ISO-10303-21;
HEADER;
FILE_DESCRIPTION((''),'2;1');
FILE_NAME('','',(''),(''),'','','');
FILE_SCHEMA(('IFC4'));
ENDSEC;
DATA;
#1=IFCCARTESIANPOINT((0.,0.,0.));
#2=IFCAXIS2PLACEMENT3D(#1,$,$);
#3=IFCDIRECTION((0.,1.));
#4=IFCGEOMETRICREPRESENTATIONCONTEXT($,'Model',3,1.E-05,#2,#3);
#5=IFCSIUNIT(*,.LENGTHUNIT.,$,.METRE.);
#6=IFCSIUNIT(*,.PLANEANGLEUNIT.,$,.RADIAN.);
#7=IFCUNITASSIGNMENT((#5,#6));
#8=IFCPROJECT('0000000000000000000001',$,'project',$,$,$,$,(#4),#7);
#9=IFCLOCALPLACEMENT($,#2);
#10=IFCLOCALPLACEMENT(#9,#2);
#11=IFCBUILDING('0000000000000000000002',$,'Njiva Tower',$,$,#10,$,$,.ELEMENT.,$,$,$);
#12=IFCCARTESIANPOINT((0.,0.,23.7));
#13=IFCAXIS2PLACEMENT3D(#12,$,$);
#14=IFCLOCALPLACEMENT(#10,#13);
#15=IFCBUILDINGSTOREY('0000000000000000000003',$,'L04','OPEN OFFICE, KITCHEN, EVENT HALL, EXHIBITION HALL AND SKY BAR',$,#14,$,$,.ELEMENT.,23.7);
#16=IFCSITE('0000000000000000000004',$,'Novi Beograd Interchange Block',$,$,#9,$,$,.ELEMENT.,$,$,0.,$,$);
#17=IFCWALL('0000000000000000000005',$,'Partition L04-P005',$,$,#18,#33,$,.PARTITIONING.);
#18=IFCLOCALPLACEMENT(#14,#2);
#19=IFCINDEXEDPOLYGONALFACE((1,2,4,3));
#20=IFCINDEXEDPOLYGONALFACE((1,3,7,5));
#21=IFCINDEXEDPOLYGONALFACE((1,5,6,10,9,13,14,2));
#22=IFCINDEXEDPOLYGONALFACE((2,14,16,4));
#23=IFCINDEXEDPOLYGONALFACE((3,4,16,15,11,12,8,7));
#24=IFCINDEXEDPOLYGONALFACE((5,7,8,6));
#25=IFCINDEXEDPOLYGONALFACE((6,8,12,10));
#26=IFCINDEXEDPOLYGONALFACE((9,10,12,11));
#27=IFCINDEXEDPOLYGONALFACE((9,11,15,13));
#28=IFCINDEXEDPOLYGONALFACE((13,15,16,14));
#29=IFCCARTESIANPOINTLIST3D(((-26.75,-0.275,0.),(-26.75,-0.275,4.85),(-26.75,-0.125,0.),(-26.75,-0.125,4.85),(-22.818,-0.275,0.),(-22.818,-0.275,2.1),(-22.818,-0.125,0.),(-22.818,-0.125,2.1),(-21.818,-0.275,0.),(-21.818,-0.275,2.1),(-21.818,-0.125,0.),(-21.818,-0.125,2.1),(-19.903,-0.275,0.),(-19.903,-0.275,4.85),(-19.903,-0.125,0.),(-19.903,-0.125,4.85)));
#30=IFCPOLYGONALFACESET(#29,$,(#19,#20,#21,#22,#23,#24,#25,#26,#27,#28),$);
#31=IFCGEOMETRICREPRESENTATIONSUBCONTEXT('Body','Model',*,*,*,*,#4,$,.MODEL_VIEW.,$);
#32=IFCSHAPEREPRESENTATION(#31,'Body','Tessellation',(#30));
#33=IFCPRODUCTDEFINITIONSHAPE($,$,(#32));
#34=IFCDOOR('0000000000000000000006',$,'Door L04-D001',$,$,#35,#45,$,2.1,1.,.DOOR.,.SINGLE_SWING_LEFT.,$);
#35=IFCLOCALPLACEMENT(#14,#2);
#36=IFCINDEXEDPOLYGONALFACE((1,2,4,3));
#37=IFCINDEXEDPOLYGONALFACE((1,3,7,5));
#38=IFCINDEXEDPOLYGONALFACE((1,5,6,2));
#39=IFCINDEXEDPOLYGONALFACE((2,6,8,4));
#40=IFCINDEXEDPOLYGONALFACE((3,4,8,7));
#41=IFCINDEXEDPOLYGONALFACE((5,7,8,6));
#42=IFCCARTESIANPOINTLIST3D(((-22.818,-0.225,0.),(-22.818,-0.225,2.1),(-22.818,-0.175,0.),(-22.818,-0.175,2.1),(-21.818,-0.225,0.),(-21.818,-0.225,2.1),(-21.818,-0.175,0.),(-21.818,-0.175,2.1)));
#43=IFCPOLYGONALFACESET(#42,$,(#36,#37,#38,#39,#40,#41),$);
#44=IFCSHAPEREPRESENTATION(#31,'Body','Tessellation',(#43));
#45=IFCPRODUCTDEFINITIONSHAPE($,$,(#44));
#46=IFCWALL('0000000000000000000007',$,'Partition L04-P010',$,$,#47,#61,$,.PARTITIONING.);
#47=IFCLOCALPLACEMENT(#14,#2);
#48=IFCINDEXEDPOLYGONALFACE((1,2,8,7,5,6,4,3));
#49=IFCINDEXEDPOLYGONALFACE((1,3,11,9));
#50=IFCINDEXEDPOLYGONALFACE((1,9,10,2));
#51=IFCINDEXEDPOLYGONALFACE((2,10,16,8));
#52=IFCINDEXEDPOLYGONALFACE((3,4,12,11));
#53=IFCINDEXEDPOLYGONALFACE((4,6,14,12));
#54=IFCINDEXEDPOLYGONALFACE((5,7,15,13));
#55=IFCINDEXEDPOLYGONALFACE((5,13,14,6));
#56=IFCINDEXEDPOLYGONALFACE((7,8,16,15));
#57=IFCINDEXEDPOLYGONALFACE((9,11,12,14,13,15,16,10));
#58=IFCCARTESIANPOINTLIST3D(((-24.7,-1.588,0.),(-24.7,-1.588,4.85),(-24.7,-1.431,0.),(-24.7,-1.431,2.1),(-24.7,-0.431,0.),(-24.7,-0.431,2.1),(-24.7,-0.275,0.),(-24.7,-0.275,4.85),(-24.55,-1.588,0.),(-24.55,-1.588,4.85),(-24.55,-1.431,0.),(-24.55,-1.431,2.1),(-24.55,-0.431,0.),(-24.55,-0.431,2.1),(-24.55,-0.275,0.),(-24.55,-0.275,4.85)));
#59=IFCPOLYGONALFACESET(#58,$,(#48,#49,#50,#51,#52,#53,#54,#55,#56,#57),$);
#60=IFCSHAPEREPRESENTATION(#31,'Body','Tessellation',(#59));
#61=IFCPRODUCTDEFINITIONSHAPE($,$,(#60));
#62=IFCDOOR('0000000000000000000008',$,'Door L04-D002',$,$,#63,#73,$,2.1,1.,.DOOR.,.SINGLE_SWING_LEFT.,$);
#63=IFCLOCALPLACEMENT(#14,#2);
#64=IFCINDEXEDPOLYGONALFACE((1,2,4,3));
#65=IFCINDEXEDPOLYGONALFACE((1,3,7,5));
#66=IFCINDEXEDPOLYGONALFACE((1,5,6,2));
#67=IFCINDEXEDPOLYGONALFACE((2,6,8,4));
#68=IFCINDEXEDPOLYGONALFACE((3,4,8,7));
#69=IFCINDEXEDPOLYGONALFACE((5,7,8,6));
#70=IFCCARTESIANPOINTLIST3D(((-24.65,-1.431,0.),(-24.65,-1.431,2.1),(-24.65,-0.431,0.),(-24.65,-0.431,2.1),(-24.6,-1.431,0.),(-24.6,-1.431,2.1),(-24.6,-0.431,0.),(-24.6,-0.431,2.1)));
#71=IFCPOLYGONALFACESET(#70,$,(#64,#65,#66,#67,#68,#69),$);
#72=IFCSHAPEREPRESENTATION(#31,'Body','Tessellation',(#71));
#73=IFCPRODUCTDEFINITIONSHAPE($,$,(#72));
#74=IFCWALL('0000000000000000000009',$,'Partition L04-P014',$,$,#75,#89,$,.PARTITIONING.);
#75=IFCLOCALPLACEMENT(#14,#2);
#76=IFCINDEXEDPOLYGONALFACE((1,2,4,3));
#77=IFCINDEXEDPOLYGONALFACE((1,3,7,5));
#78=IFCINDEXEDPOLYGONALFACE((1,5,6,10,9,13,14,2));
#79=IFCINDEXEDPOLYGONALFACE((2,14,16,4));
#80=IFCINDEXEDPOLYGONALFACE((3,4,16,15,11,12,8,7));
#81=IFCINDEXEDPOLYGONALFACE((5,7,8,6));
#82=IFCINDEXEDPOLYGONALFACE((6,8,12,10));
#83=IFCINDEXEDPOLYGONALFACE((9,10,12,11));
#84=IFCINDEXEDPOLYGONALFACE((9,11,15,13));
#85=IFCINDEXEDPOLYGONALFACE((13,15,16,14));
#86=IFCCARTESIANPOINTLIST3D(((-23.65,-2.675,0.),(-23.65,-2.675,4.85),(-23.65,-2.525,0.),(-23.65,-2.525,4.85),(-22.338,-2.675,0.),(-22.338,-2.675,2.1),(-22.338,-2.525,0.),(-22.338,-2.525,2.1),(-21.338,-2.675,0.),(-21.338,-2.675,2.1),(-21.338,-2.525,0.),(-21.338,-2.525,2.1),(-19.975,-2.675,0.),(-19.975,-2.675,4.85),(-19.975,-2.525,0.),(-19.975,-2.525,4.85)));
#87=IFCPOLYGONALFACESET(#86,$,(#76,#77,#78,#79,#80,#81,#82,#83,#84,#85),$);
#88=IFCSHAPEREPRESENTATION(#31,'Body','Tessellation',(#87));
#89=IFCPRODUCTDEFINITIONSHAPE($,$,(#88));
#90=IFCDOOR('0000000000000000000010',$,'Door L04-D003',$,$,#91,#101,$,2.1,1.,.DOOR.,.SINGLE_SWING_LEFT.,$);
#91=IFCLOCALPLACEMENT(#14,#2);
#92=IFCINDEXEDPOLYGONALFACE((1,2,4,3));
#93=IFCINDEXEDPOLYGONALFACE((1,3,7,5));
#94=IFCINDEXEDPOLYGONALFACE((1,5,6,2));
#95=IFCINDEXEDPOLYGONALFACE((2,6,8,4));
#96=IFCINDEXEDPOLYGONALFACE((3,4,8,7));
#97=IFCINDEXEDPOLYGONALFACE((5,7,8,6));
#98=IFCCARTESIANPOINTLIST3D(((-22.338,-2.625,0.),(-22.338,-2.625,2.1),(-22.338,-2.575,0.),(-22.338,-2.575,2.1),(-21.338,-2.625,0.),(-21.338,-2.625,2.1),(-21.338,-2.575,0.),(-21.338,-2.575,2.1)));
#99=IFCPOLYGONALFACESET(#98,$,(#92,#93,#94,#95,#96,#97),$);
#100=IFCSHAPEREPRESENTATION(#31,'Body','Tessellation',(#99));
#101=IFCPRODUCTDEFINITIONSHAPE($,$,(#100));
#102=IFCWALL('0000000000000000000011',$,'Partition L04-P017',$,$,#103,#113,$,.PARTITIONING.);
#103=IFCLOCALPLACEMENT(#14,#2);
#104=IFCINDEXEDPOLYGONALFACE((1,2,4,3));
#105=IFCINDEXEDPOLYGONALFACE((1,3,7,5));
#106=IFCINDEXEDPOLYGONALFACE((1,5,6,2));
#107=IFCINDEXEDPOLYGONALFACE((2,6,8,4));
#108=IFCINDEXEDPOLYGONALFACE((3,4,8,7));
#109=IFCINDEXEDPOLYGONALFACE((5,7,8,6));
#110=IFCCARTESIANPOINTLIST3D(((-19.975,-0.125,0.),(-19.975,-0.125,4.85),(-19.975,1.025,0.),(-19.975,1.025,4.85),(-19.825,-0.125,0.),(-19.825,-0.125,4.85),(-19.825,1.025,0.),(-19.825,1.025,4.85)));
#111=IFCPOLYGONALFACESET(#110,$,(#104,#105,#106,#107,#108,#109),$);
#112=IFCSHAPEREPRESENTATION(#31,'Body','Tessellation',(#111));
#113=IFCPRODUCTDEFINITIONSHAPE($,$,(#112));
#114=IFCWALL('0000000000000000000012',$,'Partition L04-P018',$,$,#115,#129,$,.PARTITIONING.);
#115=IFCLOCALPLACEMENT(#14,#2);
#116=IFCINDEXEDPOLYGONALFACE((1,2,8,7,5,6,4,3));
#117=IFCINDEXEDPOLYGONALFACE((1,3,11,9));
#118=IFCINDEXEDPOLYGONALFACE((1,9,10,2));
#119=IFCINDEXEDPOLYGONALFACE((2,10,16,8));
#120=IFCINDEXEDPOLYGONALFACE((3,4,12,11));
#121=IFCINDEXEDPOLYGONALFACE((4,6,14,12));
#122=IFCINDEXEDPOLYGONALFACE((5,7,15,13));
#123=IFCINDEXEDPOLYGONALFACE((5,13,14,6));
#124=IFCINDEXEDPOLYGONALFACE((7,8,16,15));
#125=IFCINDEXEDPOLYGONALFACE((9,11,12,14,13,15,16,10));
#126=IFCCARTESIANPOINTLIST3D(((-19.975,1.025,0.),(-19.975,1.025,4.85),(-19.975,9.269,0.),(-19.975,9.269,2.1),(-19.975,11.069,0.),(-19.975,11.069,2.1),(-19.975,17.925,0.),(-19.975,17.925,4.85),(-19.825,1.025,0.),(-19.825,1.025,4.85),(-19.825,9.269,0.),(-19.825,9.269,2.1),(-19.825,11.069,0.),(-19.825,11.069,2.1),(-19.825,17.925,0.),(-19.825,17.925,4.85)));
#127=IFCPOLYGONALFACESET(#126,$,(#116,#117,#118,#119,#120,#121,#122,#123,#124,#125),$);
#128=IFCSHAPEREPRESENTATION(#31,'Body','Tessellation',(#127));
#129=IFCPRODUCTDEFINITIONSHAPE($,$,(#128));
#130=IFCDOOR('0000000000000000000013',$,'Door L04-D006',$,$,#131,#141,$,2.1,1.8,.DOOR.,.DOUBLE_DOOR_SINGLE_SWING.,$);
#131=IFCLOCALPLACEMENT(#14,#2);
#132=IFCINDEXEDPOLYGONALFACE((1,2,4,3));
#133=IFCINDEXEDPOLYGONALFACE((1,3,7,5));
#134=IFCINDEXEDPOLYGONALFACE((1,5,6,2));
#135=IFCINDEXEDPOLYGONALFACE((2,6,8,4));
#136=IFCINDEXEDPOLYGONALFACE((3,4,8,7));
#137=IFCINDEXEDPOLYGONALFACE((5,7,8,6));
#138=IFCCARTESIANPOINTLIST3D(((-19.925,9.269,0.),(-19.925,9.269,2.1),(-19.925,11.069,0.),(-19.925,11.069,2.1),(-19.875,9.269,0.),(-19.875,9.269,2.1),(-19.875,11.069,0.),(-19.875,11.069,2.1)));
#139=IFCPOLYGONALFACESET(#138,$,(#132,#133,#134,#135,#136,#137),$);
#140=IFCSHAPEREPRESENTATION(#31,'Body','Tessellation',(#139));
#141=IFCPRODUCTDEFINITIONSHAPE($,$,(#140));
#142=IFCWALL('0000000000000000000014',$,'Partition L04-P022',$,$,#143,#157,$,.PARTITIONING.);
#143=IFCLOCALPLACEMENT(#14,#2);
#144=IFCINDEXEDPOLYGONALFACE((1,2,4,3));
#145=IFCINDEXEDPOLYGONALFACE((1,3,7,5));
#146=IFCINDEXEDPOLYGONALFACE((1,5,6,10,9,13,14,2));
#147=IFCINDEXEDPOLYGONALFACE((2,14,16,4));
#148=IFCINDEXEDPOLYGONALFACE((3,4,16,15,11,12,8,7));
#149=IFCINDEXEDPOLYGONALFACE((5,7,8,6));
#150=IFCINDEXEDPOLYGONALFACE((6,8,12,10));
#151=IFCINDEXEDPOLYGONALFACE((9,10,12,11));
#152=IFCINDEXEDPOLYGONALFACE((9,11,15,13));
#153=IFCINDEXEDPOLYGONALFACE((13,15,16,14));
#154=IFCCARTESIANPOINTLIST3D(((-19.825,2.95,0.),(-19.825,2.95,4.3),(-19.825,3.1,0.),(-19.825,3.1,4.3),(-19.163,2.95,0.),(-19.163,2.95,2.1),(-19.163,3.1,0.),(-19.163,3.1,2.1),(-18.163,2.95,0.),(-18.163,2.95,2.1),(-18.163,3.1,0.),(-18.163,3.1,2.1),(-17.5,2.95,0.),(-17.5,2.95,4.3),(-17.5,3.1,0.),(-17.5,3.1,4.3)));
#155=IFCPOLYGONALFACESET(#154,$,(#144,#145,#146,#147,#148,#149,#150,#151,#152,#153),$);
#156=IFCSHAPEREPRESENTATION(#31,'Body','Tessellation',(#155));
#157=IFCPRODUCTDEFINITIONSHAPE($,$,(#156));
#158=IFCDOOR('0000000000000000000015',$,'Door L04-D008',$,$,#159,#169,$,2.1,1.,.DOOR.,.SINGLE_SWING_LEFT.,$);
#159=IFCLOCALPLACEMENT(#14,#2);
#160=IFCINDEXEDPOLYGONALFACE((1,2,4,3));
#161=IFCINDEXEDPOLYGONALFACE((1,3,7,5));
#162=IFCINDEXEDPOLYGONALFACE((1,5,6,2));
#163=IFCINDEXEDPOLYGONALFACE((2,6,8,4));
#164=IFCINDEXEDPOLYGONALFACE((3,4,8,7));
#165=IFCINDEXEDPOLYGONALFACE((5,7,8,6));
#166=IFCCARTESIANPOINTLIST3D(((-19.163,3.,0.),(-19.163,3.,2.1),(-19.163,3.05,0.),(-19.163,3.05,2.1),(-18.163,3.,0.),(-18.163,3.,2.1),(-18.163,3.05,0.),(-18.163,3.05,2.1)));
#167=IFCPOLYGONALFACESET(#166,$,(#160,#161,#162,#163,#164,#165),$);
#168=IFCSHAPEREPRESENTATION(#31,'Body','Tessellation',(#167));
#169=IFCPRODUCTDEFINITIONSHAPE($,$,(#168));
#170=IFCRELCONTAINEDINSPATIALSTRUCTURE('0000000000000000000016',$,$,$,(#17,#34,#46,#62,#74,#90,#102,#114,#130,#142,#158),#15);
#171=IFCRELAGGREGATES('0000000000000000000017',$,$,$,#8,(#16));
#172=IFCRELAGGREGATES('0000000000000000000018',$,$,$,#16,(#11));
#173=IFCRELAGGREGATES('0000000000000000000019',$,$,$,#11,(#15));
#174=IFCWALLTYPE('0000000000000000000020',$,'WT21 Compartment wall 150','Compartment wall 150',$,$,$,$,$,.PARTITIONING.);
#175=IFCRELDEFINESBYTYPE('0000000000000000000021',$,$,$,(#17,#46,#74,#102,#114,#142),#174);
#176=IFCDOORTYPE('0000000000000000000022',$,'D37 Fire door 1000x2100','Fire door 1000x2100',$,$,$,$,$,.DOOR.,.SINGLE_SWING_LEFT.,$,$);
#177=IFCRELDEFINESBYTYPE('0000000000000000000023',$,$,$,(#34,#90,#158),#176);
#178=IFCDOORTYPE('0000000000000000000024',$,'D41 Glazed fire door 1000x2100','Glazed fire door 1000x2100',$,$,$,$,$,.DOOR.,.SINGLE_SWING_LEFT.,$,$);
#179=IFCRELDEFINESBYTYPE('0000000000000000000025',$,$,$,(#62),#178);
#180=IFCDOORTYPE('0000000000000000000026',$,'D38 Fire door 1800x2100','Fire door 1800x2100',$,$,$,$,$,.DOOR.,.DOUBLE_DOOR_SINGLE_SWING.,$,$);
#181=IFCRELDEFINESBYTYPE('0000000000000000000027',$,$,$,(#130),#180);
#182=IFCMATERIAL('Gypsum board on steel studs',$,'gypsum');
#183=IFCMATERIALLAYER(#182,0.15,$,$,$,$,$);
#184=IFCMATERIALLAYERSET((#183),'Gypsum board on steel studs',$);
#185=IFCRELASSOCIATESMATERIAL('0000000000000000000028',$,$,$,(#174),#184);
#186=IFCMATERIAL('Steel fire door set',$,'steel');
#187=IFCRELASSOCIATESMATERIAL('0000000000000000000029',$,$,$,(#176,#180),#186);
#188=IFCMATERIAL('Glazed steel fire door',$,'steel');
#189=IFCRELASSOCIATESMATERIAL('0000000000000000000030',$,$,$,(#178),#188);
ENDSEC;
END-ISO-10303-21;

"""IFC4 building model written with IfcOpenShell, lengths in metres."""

from ifc_helpers import new_model, si_unit, direction, frame, frame_2d, origin, place, context, subcontext, project, spatial, rectangle, extrude, material, layer, layer_set, type_object, element, fill, save


model = new_model("IFC4")

# Units and contexts
model_context = context("Model", 3, precision=1e-05, world=origin(), true_north=direction((0.0, 1.0)))
body_context = subcontext(model_context, "Body", "Model", "MODEL_VIEW")
ifc_project = project(units=[si_unit("LENGTHUNIT", "METRE"), si_unit("PLANEANGLEUNIT", "RADIAN")], contexts=[model_context])

# Site, building, storey
site_placement = place(None, origin())
site = spatial("IfcSite", under=ifc_project, at=site_placement, Name="Novi Beograd Interchange Block", CompositionType="ELEMENT", RefElevation=0.0)
building_placement = place(site_placement, origin())
building = spatial("IfcBuilding", under=site, at=building_placement, Name="Njiva Tower", CompositionType="ELEMENT")
storey_placement = place(building_placement, frame((0.0, 0.0, 23.7)))
storey = spatial("IfcBuildingStorey", under=building, at=storey_placement, Name="L04", Description="OPEN OFFICE, KITCHEN, EVENT HALL, EXHIBITION HALL AND SKY BAR", CompositionType="ELEMENT", Elevation=23.7)

# Shared definitions
ifc_material_1 = material(Name="Gypsum board on steel studs", Category="gypsum")
ifc_layer_1 = layer(ifc_material_1, 0.15)
ifc_layer_set_1 = layer_set([ifc_layer_1], Name="Gypsum board on steel studs")
wall_type_1 = type_object("IfcWallType", Name="WT21 Compartment wall 150", Description="Compartment wall 150", PredefinedType="PARTITIONING", material=ifc_layer_set_1)

# Walls, openings, doors
wall_1_placement = place(storey_placement, frame((-26.75, -0.2, 0.0), z_axis=(0.0, 0.0, 1.0), x_axis=(1.0, 0.0, 0.0)))
wall_1 = element("IfcWall", 1, at=wall_1_placement, inside=storey, type_object=wall_type_1, Name="Partition L04-P005", PredefinedType="PARTITIONING", context=body_context, shape_type="SweptSolid", body=[
    extrude(rectangle(XDim=6.847, YDim=0.15, at=frame_2d((3.4235, 0.0))), origin(), (0.0, 0.0, 1.0), 4.85),
])
opening_1_placement = place(wall_1_placement, frame((3.932, 0.0, 0.0)))
opening_1 = element("IfcOpeningElement", 2, at=opening_1_placement, cuts=wall_1, PredefinedType="OPENING", context=body_context, shape_type="SweptSolid", body=[
    extrude(rectangle(XDim=1.0, YDim=2.1, at=frame_2d((0.5, 1.05))), frame((0.0, 0.085, 0.0), z_axis=(0.0, -1.0, 0.0), x_axis=(1.0, 0.0, 0.0)), (0.0, 0.0, 1.0), 0.17),
])
ifc_material_2 = material(Name="Steel fire door set", Category="steel")
door_type_1 = type_object("IfcDoorType", Name="D37 Fire door 1000x2100", Description="Fire door 1000x2100", OperationType="SINGLE_SWING_LEFT", PredefinedType="DOOR", material=ifc_material_2)
door_1_placement = place(opening_1_placement, origin())
door_1 = element("IfcDoor", 3, at=door_1_placement, inside=storey, type_object=door_type_1, Name="Door L04-D001", OperationType="SINGLE_SWING_LEFT", OverallHeight=2.1, OverallWidth=1.0, PredefinedType="DOOR", context=body_context, shape_type="SweptSolid", body=[
    extrude(rectangle(XDim=1.0, YDim=2.1, at=frame_2d((0.5, 1.05))), frame((0.0, 0.025, 0.0), z_axis=(0.0, -1.0, 0.0), x_axis=(1.0, 0.0, 0.0)), (0.0, 0.0, 1.0), 0.05),
])
fill(opening_1, door_1)
wall_2_placement = place(storey_placement, frame((-24.625, -1.588, 0.0), z_axis=(0.0, 0.0, 1.0), x_axis=(0.0, 1.0, 0.0)))
wall_2 = element("IfcWall", 4, at=wall_2_placement, inside=storey, type_object=wall_type_1, Name="Partition L04-P010", PredefinedType="PARTITIONING", context=body_context, shape_type="SweptSolid", body=[
    extrude(rectangle(XDim=1.313, YDim=0.15, at=frame_2d((0.6565, 0.0))), origin(), (0.0, 0.0, 1.0), 4.85),
])
opening_2_placement = place(wall_2_placement, frame((0.157, 0.0, 0.0)))
opening_2 = element("IfcOpeningElement", 5, at=opening_2_placement, cuts=wall_2, PredefinedType="OPENING", context=body_context, shape_type="SweptSolid", body=[
    extrude(rectangle(XDim=1.0, YDim=2.1, at=frame_2d((0.5, 1.05))), frame((0.0, 0.085, 0.0), z_axis=(0.0, -1.0, 0.0), x_axis=(1.0, 0.0, 0.0)), (0.0, 0.0, 1.0), 0.17),
])
ifc_material_3 = material(Name="Glazed steel fire door", Category="steel")
door_type_2 = type_object("IfcDoorType", Name="D41 Glazed fire door 1000x2100", Description="Glazed fire door 1000x2100", OperationType="SINGLE_SWING_LEFT", PredefinedType="DOOR", material=ifc_material_3)
door_2_placement = place(opening_2_placement, origin())
door_2 = element("IfcDoor", 6, at=door_2_placement, inside=storey, type_object=door_type_2, Name="Door L04-D002", OperationType="SINGLE_SWING_LEFT", OverallHeight=2.1, OverallWidth=1.0, PredefinedType="DOOR", context=body_context, shape_type="SweptSolid", body=[
    extrude(rectangle(XDim=1.0, YDim=2.1, at=frame_2d((0.5, 1.05))), frame((0.0, 0.025, 0.0), z_axis=(0.0, -1.0, 0.0), x_axis=(1.0, 0.0, 0.0)), (0.0, 0.0, 1.0), 0.05),
])
fill(opening_2, door_2)
wall_3_placement = place(storey_placement, frame((-23.65, -2.6, 0.0), z_axis=(0.0, 0.0, 1.0), x_axis=(1.0, 0.0, 0.0)))
wall_3 = element("IfcWall", 7, at=wall_3_placement, inside=storey, type_object=wall_type_1, Name="Partition L04-P014", PredefinedType="PARTITIONING", context=body_context, shape_type="SweptSolid", body=[
    extrude(rectangle(XDim=3.675, YDim=0.15, at=frame_2d((1.8375, 0.0))), origin(), (0.0, 0.0, 1.0), 4.85),
])
opening_3_placement = place(wall_3_placement, frame((1.312, 0.0, 0.0)))
opening_3 = element("IfcOpeningElement", 8, at=opening_3_placement, cuts=wall_3, PredefinedType="OPENING", context=body_context, shape_type="SweptSolid", body=[
    extrude(rectangle(XDim=1.0, YDim=2.1, at=frame_2d((0.5, 1.05))), frame((0.0, 0.085, 0.0), z_axis=(0.0, -1.0, 0.0), x_axis=(1.0, 0.0, 0.0)), (0.0, 0.0, 1.0), 0.17),
])
door_3_placement = place(opening_3_placement, origin())
door_3 = element("IfcDoor", 9, at=door_3_placement, inside=storey, type_object=door_type_1, Name="Door L04-D003", OperationType="SINGLE_SWING_LEFT", OverallHeight=2.1, OverallWidth=1.0, PredefinedType="DOOR", context=body_context, shape_type="SweptSolid", body=[
    extrude(rectangle(XDim=1.0, YDim=2.1, at=frame_2d((0.5, 1.05))), frame((0.0, 0.025, 0.0), z_axis=(0.0, -1.0, 0.0), x_axis=(1.0, 0.0, 0.0)), (0.0, 0.0, 1.0), 0.05),
])
fill(opening_3, door_3)

# Wall
wall_4_placement = place(storey_placement, frame((-19.9, -0.125, 0.0), z_axis=(0.0, 0.0, 1.0), x_axis=(0.0, 1.0, 0.0)))
element("IfcWall", 10, at=wall_4_placement, inside=storey, type_object=wall_type_1, Name="Partition L04-P017", PredefinedType="PARTITIONING", context=body_context, shape_type="SweptSolid", body=[
    extrude(rectangle(XDim=1.15, YDim=0.15, at=frame_2d((0.575, 0.0))), origin(), (0.0, 0.0, 1.0), 4.85),
])

# Walls, openings, doors
wall_5_placement = place(storey_placement, frame((-19.9, 1.025, 0.0), z_axis=(0.0, 0.0, 1.0), x_axis=(0.0, 1.0, 0.0)))
wall_5 = element("IfcWall", 11, at=wall_5_placement, inside=storey, type_object=wall_type_1, Name="Partition L04-P018", PredefinedType="PARTITIONING", context=body_context, shape_type="SweptSolid", body=[
    extrude(rectangle(XDim=16.9, YDim=0.15, at=frame_2d((8.45, 0.0))), origin(), (0.0, 0.0, 1.0), 4.85),
])
opening_4_placement = place(wall_5_placement, frame((8.244, 0.0, 0.0)))
opening_4 = element("IfcOpeningElement", 12, at=opening_4_placement, cuts=wall_5, PredefinedType="OPENING", context=body_context, shape_type="SweptSolid", body=[
    extrude(rectangle(XDim=1.8, YDim=2.1, at=frame_2d((0.9, 1.05))), frame((0.0, 0.085, 0.0), z_axis=(0.0, -1.0, 0.0), x_axis=(1.0, 0.0, 0.0)), (0.0, 0.0, 1.0), 0.17),
])
door_type_3 = type_object("IfcDoorType", Name="D38 Fire door 1800x2100", Description="Fire door 1800x2100", OperationType="DOUBLE_DOOR_SINGLE_SWING", PredefinedType="DOOR", material=ifc_material_2)
door_4_placement = place(opening_4_placement, origin())
door_4 = element("IfcDoor", 13, at=door_4_placement, inside=storey, type_object=door_type_3, Name="Door L04-D006", OperationType="DOUBLE_DOOR_SINGLE_SWING", OverallHeight=2.1, OverallWidth=1.8, PredefinedType="DOOR", context=body_context, shape_type="SweptSolid", body=[
    extrude(rectangle(XDim=1.8, YDim=2.1, at=frame_2d((0.9, 1.05))), frame((0.0, 0.025, 0.0), z_axis=(0.0, -1.0, 0.0), x_axis=(1.0, 0.0, 0.0)), (0.0, 0.0, 1.0), 0.05),
])
fill(opening_4, door_4)
wall_6_placement = place(storey_placement, frame((-19.825, 3.025, 0.0), z_axis=(0.0, 0.0, 1.0), x_axis=(1.0, 0.0, 0.0)))
wall_6 = element("IfcWall", 14, at=wall_6_placement, inside=storey, type_object=wall_type_1, Name="Partition L04-P022", PredefinedType="PARTITIONING", context=body_context, shape_type="SweptSolid", body=[
    extrude(rectangle(XDim=2.325, YDim=0.15, at=frame_2d((1.1625, 0.0))), origin(), (0.0, 0.0, 1.0), 4.3),
])
opening_5_placement = place(wall_6_placement, frame((0.662, 0.0, 0.0)))
opening_5 = element("IfcOpeningElement", 15, at=opening_5_placement, cuts=wall_6, PredefinedType="OPENING", context=body_context, shape_type="SweptSolid", body=[
    extrude(rectangle(XDim=1.0, YDim=2.1, at=frame_2d((0.5, 1.05))), frame((0.0, 0.085, 0.0), z_axis=(0.0, -1.0, 0.0), x_axis=(1.0, 0.0, 0.0)), (0.0, 0.0, 1.0), 0.17),
])
door_5_placement = place(opening_5_placement, origin())
door_5 = element("IfcDoor", 16, at=door_5_placement, inside=storey, type_object=door_type_1, Name="Door L04-D008", OperationType="SINGLE_SWING_LEFT", OverallHeight=2.1, OverallWidth=1.0, PredefinedType="DOOR", context=body_context, shape_type="SweptSolid", body=[
    extrude(rectangle(XDim=1.0, YDim=2.1, at=frame_2d((0.5, 1.05))), frame((0.0, 0.025, 0.0), z_axis=(0.0, -1.0, 0.0), x_axis=(1.0, 0.0, 0.0)), (0.0, 0.0, 1.0), 0.05),
])
fill(opening_5, door_5)

save(model, "model.ifc")
